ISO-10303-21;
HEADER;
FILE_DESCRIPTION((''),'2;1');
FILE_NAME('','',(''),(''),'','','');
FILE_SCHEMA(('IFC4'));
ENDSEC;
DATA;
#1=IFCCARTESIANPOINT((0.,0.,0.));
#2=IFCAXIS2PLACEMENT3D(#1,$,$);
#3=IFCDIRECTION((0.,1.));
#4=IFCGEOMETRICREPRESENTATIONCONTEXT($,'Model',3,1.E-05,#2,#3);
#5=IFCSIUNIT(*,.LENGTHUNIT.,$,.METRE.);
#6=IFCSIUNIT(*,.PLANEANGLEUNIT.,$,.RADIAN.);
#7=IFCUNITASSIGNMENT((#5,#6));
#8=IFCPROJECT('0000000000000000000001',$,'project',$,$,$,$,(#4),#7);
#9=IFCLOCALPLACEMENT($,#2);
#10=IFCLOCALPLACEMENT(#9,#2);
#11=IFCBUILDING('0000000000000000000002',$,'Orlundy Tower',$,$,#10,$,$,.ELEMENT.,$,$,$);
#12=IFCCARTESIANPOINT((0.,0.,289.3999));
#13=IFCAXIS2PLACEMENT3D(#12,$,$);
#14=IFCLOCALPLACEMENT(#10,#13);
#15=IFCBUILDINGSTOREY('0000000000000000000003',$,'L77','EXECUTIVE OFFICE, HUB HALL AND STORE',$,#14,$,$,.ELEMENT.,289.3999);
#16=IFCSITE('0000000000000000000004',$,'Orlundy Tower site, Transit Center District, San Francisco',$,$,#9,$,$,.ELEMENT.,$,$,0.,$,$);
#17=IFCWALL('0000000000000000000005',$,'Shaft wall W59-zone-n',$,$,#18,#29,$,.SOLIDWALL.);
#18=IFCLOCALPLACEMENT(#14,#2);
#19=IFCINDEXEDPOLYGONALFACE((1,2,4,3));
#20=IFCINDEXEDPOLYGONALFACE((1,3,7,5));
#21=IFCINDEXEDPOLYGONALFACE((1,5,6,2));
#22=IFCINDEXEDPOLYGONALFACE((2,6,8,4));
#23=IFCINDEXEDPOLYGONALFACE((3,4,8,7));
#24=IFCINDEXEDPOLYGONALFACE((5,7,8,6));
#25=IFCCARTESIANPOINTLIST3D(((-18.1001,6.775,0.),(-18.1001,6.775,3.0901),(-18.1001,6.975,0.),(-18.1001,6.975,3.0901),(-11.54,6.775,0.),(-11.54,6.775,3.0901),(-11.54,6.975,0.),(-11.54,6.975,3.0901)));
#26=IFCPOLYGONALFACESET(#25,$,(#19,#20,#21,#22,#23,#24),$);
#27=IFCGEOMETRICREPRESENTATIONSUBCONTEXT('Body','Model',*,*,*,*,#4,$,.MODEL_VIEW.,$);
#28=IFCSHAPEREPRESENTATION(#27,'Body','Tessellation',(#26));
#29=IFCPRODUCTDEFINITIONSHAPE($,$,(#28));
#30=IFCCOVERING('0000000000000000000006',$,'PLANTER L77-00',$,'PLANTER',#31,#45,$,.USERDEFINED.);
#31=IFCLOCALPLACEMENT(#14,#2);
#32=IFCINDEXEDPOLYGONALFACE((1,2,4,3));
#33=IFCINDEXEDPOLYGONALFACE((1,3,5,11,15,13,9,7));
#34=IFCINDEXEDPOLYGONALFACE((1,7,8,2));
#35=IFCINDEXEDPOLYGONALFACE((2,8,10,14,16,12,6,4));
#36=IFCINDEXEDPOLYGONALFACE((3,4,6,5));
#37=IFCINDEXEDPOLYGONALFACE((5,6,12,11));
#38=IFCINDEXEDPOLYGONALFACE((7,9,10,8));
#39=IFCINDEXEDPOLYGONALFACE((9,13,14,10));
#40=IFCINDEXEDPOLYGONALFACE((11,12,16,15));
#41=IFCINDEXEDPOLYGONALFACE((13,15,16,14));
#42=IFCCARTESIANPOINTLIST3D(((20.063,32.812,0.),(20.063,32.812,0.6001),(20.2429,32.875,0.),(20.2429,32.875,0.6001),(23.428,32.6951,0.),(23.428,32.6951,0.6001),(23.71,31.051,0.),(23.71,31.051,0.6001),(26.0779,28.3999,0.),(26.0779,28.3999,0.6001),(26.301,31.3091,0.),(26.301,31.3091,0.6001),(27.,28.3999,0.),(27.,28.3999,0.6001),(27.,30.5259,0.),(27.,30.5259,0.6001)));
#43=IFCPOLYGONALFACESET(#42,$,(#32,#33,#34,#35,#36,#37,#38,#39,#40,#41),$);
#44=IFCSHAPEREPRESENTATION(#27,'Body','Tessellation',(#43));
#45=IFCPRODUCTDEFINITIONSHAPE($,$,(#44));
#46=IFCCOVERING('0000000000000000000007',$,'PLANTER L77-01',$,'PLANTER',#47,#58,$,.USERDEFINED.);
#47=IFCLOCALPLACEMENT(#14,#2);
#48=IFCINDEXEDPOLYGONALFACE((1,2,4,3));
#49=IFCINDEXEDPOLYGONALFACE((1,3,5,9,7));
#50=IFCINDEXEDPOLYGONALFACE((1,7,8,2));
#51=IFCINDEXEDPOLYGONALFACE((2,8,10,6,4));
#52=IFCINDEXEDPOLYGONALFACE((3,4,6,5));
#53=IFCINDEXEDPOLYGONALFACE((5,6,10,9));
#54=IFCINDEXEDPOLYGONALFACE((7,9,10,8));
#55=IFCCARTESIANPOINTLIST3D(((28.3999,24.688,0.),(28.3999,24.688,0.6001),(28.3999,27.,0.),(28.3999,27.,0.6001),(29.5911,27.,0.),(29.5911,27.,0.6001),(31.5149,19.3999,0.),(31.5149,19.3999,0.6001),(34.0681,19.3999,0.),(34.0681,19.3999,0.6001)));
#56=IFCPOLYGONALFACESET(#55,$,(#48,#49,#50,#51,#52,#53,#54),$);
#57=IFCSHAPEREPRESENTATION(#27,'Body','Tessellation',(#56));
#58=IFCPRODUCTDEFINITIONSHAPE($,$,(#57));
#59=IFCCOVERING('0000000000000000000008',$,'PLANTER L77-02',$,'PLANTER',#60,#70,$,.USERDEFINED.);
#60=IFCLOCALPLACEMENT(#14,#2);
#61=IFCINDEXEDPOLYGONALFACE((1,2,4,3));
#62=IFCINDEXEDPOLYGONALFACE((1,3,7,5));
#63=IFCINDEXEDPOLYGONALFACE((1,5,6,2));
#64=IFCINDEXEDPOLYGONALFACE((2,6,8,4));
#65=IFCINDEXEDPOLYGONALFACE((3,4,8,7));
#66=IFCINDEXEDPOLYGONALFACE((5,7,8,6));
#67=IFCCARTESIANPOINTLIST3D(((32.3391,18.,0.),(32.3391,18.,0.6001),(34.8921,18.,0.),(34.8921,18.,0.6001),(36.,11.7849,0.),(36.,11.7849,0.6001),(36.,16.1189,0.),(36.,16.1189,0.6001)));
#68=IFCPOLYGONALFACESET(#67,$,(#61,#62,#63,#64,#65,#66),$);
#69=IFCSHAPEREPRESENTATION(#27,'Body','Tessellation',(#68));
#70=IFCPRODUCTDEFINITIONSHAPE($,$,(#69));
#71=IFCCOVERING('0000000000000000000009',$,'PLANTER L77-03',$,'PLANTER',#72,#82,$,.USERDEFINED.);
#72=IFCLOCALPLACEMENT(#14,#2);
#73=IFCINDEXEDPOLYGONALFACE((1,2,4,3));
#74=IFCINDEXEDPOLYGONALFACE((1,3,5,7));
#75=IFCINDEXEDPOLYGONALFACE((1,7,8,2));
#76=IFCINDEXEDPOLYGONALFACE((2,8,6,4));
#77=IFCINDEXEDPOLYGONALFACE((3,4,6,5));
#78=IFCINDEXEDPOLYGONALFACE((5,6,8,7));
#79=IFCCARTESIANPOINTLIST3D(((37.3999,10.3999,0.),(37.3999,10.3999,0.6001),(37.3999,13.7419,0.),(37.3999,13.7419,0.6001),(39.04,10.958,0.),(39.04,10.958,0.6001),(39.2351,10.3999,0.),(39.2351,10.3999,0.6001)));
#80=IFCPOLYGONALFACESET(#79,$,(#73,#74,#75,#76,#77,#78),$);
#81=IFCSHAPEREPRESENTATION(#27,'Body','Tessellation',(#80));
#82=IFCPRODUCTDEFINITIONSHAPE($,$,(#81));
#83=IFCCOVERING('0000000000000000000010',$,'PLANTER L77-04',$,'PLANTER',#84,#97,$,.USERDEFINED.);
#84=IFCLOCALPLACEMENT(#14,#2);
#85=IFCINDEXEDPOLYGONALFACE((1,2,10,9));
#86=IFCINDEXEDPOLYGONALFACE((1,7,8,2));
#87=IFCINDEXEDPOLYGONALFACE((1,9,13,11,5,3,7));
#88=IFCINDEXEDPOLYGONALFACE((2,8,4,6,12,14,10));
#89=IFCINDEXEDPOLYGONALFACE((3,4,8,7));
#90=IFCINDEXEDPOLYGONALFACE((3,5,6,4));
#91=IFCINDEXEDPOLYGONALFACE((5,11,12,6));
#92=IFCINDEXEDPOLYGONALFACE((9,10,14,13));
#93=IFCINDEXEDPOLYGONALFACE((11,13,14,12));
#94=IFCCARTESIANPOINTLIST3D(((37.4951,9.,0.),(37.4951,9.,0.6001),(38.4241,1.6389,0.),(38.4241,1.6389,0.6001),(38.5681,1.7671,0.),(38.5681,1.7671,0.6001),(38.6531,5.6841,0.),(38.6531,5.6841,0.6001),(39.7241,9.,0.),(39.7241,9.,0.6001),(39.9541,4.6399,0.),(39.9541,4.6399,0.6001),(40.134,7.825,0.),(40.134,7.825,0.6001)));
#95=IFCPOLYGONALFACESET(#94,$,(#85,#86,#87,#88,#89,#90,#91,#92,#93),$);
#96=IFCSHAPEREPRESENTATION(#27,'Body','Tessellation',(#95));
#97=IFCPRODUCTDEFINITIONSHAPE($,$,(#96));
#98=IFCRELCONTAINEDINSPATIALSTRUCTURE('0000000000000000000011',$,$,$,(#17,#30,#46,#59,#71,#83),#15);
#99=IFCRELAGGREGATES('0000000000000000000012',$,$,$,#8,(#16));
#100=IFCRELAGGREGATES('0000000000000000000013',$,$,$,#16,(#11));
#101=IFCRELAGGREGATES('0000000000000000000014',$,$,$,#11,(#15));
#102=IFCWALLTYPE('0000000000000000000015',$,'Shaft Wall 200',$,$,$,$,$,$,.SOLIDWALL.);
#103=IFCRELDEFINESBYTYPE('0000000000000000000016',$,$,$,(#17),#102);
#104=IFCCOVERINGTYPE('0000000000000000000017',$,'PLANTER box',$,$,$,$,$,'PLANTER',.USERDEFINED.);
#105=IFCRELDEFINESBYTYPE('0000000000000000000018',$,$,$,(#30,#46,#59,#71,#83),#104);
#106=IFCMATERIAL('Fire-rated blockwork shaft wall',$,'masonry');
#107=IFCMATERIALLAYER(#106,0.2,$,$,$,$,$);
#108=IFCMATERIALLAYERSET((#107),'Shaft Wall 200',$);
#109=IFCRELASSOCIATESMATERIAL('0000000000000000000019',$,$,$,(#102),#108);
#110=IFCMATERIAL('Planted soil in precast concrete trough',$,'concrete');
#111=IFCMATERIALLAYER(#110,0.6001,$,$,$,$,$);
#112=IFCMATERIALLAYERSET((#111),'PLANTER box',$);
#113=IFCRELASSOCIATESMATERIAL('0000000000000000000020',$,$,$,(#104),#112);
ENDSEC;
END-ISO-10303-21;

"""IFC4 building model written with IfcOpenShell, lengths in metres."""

from ifc_helpers import new_model, si_unit, direction, frame, frame_2d, origin, place, context, subcontext, project, spatial, polyline, rectangle, outline, extrude, material, layer, layer_set, type_object, element, save


model = new_model("IFC4")

# Units and contexts
model_context = context("Model", 3, precision=1e-05, world=origin(), true_north=direction((0.0, 1.0)))
body_context = subcontext(model_context, "Body", "Model", "MODEL_VIEW")
ifc_project = project(units=[si_unit("LENGTHUNIT", "METRE"), si_unit("PLANEANGLEUNIT", "RADIAN")], contexts=[model_context])

# Site, building, storey
site_placement = place(None, origin())
site = spatial("IfcSite", under=ifc_project, at=site_placement, Name="Orlundy Tower site, Transit Center District, San Francisco", CompositionType="ELEMENT", RefElevation=0.0)
building_placement = place(site_placement, origin())
building = spatial("IfcBuilding", under=site, at=building_placement, Name="Orlundy Tower", CompositionType="ELEMENT")
storey_placement = place(building_placement, frame((0.0, 0.0, 289.3999)))
storey = spatial("IfcBuildingStorey", under=building, at=storey_placement, Name="L77", Description="EXECUTIVE OFFICE, HUB HALL AND STORE", CompositionType="ELEMENT", Elevation=289.3999)

# Wall
ifc_material_1 = material(Name="Fire-rated blockwork shaft wall", Category="masonry")
ifc_layer_1 = layer(ifc_material_1, 0.2)
ifc_layer_set_1 = layer_set([ifc_layer_1], Name="Shaft Wall 200")
wall_type_1 = type_object("IfcWallType", Name="Shaft Wall 200", PredefinedType="SOLIDWALL", material=ifc_layer_set_1)
wall_1_placement = place(storey_placement, frame((-11.54, 6.875, 0.0), z_axis=(0.0, 0.0, 1.0), x_axis=(-1.0, 0.0, 0.0)))
element("IfcWall", 1, at=wall_1_placement, inside=storey, type_object=wall_type_1, Name="Shaft wall W59-zone-n", PredefinedType="SOLIDWALL", context=body_context, shape_type="SweptSolid", body=[
    extrude(rectangle(XDim=6.5601, YDim=0.2, at=frame_2d((3.28, 0.0))), origin(), (0.0, 0.0, 1.0), 3.0901),
])

# Coverings
ifc_material_2 = material(Name="Planted soil in precast concrete trough", Category="concrete")
ifc_layer_2 = layer(ifc_material_2, 0.6001)
ifc_layer_set_2 = layer_set([ifc_layer_2], Name="PLANTER box")
covering_type = type_object("IfcCoveringType", Name="PLANTER box", ElementType="PLANTER", PredefinedType="USERDEFINED", material=ifc_layer_set_2)
covering_1_placement = place(storey_placement, origin())
element("IfcCovering", 2, at=covering_1_placement, inside=storey, type_object=covering_type, Name="PLANTER L77-00", ObjectType="PLANTER", PredefinedType="USERDEFINED", context=body_context, shape_type="SweptSolid", body=[
    extrude(outline(polyline([(26.301, 31.3091), (27.0, 30.5259), (27.0, 28.3999), (26.0779, 28.3999), (23.71, 31.051), (20.063, 32.812), (20.2429, 32.875), (23.428, 32.6951), (26.301, 31.3091)])), origin(), (0.0, 0.0, 1.0), 0.6001),
])
covering_2_placement = place(storey_placement, origin())
element("IfcCovering", 3, at=covering_2_placement, inside=storey, type_object=covering_type, Name="PLANTER L77-01", ObjectType="PLANTER", PredefinedType="USERDEFINED", context=body_context, shape_type="SweptSolid", body=[
    extrude(outline(polyline([(34.0681, 19.3999), (31.5149, 19.3999), (28.3999, 24.688), (28.3999, 27.0), (29.5911, 27.0), (34.0681, 19.3999)])), origin(), (0.0, 0.0, 1.0), 0.6001),
])
covering_3_placement = place(storey_placement, origin())
element("IfcCovering", 4, at=covering_3_placement, inside=storey, type_object=covering_type, Name="PLANTER L77-02", ObjectType="PLANTER", PredefinedType="USERDEFINED", context=body_context, shape_type="SweptSolid", body=[
    extrude(outline(polyline([(36.0, 16.1189), (36.0, 11.7849), (32.3391, 18.0), (34.8921, 18.0), (36.0, 16.1189)])), origin(), (0.0, 0.0, 1.0), 0.6001),
])
covering_4_placement = place(storey_placement, origin())
element("IfcCovering", 5, at=covering_4_placement, inside=storey, type_object=covering_type, Name="PLANTER L77-03", ObjectType="PLANTER", PredefinedType="USERDEFINED", context=body_context, shape_type="SweptSolid", body=[
    extrude(outline(polyline([(39.04, 10.958), (39.2351, 10.3999), (37.3999, 10.3999), (37.3999, 13.7419), (39.04, 10.958)])), origin(), (0.0, 0.0, 1.0), 0.6001),
])
covering_5_placement = place(storey_placement, origin())
element("IfcCovering", 6, at=covering_5_placement, inside=storey, type_object=covering_type, Name="PLANTER L77-04", ObjectType="PLANTER", PredefinedType="USERDEFINED", context=body_context, shape_type="SweptSolid", body=[
    extrude(outline(polyline([(40.134, 7.825), (39.9541, 4.6399), (38.5681, 1.7671), (38.4241, 1.6389), (38.6531, 5.6841), (37.4951, 9.0), (39.7241, 9.0), (40.134, 7.825)])), origin(), (0.0, 0.0, 1.0), 0.6001),
])

save(model, "model.ifc")
